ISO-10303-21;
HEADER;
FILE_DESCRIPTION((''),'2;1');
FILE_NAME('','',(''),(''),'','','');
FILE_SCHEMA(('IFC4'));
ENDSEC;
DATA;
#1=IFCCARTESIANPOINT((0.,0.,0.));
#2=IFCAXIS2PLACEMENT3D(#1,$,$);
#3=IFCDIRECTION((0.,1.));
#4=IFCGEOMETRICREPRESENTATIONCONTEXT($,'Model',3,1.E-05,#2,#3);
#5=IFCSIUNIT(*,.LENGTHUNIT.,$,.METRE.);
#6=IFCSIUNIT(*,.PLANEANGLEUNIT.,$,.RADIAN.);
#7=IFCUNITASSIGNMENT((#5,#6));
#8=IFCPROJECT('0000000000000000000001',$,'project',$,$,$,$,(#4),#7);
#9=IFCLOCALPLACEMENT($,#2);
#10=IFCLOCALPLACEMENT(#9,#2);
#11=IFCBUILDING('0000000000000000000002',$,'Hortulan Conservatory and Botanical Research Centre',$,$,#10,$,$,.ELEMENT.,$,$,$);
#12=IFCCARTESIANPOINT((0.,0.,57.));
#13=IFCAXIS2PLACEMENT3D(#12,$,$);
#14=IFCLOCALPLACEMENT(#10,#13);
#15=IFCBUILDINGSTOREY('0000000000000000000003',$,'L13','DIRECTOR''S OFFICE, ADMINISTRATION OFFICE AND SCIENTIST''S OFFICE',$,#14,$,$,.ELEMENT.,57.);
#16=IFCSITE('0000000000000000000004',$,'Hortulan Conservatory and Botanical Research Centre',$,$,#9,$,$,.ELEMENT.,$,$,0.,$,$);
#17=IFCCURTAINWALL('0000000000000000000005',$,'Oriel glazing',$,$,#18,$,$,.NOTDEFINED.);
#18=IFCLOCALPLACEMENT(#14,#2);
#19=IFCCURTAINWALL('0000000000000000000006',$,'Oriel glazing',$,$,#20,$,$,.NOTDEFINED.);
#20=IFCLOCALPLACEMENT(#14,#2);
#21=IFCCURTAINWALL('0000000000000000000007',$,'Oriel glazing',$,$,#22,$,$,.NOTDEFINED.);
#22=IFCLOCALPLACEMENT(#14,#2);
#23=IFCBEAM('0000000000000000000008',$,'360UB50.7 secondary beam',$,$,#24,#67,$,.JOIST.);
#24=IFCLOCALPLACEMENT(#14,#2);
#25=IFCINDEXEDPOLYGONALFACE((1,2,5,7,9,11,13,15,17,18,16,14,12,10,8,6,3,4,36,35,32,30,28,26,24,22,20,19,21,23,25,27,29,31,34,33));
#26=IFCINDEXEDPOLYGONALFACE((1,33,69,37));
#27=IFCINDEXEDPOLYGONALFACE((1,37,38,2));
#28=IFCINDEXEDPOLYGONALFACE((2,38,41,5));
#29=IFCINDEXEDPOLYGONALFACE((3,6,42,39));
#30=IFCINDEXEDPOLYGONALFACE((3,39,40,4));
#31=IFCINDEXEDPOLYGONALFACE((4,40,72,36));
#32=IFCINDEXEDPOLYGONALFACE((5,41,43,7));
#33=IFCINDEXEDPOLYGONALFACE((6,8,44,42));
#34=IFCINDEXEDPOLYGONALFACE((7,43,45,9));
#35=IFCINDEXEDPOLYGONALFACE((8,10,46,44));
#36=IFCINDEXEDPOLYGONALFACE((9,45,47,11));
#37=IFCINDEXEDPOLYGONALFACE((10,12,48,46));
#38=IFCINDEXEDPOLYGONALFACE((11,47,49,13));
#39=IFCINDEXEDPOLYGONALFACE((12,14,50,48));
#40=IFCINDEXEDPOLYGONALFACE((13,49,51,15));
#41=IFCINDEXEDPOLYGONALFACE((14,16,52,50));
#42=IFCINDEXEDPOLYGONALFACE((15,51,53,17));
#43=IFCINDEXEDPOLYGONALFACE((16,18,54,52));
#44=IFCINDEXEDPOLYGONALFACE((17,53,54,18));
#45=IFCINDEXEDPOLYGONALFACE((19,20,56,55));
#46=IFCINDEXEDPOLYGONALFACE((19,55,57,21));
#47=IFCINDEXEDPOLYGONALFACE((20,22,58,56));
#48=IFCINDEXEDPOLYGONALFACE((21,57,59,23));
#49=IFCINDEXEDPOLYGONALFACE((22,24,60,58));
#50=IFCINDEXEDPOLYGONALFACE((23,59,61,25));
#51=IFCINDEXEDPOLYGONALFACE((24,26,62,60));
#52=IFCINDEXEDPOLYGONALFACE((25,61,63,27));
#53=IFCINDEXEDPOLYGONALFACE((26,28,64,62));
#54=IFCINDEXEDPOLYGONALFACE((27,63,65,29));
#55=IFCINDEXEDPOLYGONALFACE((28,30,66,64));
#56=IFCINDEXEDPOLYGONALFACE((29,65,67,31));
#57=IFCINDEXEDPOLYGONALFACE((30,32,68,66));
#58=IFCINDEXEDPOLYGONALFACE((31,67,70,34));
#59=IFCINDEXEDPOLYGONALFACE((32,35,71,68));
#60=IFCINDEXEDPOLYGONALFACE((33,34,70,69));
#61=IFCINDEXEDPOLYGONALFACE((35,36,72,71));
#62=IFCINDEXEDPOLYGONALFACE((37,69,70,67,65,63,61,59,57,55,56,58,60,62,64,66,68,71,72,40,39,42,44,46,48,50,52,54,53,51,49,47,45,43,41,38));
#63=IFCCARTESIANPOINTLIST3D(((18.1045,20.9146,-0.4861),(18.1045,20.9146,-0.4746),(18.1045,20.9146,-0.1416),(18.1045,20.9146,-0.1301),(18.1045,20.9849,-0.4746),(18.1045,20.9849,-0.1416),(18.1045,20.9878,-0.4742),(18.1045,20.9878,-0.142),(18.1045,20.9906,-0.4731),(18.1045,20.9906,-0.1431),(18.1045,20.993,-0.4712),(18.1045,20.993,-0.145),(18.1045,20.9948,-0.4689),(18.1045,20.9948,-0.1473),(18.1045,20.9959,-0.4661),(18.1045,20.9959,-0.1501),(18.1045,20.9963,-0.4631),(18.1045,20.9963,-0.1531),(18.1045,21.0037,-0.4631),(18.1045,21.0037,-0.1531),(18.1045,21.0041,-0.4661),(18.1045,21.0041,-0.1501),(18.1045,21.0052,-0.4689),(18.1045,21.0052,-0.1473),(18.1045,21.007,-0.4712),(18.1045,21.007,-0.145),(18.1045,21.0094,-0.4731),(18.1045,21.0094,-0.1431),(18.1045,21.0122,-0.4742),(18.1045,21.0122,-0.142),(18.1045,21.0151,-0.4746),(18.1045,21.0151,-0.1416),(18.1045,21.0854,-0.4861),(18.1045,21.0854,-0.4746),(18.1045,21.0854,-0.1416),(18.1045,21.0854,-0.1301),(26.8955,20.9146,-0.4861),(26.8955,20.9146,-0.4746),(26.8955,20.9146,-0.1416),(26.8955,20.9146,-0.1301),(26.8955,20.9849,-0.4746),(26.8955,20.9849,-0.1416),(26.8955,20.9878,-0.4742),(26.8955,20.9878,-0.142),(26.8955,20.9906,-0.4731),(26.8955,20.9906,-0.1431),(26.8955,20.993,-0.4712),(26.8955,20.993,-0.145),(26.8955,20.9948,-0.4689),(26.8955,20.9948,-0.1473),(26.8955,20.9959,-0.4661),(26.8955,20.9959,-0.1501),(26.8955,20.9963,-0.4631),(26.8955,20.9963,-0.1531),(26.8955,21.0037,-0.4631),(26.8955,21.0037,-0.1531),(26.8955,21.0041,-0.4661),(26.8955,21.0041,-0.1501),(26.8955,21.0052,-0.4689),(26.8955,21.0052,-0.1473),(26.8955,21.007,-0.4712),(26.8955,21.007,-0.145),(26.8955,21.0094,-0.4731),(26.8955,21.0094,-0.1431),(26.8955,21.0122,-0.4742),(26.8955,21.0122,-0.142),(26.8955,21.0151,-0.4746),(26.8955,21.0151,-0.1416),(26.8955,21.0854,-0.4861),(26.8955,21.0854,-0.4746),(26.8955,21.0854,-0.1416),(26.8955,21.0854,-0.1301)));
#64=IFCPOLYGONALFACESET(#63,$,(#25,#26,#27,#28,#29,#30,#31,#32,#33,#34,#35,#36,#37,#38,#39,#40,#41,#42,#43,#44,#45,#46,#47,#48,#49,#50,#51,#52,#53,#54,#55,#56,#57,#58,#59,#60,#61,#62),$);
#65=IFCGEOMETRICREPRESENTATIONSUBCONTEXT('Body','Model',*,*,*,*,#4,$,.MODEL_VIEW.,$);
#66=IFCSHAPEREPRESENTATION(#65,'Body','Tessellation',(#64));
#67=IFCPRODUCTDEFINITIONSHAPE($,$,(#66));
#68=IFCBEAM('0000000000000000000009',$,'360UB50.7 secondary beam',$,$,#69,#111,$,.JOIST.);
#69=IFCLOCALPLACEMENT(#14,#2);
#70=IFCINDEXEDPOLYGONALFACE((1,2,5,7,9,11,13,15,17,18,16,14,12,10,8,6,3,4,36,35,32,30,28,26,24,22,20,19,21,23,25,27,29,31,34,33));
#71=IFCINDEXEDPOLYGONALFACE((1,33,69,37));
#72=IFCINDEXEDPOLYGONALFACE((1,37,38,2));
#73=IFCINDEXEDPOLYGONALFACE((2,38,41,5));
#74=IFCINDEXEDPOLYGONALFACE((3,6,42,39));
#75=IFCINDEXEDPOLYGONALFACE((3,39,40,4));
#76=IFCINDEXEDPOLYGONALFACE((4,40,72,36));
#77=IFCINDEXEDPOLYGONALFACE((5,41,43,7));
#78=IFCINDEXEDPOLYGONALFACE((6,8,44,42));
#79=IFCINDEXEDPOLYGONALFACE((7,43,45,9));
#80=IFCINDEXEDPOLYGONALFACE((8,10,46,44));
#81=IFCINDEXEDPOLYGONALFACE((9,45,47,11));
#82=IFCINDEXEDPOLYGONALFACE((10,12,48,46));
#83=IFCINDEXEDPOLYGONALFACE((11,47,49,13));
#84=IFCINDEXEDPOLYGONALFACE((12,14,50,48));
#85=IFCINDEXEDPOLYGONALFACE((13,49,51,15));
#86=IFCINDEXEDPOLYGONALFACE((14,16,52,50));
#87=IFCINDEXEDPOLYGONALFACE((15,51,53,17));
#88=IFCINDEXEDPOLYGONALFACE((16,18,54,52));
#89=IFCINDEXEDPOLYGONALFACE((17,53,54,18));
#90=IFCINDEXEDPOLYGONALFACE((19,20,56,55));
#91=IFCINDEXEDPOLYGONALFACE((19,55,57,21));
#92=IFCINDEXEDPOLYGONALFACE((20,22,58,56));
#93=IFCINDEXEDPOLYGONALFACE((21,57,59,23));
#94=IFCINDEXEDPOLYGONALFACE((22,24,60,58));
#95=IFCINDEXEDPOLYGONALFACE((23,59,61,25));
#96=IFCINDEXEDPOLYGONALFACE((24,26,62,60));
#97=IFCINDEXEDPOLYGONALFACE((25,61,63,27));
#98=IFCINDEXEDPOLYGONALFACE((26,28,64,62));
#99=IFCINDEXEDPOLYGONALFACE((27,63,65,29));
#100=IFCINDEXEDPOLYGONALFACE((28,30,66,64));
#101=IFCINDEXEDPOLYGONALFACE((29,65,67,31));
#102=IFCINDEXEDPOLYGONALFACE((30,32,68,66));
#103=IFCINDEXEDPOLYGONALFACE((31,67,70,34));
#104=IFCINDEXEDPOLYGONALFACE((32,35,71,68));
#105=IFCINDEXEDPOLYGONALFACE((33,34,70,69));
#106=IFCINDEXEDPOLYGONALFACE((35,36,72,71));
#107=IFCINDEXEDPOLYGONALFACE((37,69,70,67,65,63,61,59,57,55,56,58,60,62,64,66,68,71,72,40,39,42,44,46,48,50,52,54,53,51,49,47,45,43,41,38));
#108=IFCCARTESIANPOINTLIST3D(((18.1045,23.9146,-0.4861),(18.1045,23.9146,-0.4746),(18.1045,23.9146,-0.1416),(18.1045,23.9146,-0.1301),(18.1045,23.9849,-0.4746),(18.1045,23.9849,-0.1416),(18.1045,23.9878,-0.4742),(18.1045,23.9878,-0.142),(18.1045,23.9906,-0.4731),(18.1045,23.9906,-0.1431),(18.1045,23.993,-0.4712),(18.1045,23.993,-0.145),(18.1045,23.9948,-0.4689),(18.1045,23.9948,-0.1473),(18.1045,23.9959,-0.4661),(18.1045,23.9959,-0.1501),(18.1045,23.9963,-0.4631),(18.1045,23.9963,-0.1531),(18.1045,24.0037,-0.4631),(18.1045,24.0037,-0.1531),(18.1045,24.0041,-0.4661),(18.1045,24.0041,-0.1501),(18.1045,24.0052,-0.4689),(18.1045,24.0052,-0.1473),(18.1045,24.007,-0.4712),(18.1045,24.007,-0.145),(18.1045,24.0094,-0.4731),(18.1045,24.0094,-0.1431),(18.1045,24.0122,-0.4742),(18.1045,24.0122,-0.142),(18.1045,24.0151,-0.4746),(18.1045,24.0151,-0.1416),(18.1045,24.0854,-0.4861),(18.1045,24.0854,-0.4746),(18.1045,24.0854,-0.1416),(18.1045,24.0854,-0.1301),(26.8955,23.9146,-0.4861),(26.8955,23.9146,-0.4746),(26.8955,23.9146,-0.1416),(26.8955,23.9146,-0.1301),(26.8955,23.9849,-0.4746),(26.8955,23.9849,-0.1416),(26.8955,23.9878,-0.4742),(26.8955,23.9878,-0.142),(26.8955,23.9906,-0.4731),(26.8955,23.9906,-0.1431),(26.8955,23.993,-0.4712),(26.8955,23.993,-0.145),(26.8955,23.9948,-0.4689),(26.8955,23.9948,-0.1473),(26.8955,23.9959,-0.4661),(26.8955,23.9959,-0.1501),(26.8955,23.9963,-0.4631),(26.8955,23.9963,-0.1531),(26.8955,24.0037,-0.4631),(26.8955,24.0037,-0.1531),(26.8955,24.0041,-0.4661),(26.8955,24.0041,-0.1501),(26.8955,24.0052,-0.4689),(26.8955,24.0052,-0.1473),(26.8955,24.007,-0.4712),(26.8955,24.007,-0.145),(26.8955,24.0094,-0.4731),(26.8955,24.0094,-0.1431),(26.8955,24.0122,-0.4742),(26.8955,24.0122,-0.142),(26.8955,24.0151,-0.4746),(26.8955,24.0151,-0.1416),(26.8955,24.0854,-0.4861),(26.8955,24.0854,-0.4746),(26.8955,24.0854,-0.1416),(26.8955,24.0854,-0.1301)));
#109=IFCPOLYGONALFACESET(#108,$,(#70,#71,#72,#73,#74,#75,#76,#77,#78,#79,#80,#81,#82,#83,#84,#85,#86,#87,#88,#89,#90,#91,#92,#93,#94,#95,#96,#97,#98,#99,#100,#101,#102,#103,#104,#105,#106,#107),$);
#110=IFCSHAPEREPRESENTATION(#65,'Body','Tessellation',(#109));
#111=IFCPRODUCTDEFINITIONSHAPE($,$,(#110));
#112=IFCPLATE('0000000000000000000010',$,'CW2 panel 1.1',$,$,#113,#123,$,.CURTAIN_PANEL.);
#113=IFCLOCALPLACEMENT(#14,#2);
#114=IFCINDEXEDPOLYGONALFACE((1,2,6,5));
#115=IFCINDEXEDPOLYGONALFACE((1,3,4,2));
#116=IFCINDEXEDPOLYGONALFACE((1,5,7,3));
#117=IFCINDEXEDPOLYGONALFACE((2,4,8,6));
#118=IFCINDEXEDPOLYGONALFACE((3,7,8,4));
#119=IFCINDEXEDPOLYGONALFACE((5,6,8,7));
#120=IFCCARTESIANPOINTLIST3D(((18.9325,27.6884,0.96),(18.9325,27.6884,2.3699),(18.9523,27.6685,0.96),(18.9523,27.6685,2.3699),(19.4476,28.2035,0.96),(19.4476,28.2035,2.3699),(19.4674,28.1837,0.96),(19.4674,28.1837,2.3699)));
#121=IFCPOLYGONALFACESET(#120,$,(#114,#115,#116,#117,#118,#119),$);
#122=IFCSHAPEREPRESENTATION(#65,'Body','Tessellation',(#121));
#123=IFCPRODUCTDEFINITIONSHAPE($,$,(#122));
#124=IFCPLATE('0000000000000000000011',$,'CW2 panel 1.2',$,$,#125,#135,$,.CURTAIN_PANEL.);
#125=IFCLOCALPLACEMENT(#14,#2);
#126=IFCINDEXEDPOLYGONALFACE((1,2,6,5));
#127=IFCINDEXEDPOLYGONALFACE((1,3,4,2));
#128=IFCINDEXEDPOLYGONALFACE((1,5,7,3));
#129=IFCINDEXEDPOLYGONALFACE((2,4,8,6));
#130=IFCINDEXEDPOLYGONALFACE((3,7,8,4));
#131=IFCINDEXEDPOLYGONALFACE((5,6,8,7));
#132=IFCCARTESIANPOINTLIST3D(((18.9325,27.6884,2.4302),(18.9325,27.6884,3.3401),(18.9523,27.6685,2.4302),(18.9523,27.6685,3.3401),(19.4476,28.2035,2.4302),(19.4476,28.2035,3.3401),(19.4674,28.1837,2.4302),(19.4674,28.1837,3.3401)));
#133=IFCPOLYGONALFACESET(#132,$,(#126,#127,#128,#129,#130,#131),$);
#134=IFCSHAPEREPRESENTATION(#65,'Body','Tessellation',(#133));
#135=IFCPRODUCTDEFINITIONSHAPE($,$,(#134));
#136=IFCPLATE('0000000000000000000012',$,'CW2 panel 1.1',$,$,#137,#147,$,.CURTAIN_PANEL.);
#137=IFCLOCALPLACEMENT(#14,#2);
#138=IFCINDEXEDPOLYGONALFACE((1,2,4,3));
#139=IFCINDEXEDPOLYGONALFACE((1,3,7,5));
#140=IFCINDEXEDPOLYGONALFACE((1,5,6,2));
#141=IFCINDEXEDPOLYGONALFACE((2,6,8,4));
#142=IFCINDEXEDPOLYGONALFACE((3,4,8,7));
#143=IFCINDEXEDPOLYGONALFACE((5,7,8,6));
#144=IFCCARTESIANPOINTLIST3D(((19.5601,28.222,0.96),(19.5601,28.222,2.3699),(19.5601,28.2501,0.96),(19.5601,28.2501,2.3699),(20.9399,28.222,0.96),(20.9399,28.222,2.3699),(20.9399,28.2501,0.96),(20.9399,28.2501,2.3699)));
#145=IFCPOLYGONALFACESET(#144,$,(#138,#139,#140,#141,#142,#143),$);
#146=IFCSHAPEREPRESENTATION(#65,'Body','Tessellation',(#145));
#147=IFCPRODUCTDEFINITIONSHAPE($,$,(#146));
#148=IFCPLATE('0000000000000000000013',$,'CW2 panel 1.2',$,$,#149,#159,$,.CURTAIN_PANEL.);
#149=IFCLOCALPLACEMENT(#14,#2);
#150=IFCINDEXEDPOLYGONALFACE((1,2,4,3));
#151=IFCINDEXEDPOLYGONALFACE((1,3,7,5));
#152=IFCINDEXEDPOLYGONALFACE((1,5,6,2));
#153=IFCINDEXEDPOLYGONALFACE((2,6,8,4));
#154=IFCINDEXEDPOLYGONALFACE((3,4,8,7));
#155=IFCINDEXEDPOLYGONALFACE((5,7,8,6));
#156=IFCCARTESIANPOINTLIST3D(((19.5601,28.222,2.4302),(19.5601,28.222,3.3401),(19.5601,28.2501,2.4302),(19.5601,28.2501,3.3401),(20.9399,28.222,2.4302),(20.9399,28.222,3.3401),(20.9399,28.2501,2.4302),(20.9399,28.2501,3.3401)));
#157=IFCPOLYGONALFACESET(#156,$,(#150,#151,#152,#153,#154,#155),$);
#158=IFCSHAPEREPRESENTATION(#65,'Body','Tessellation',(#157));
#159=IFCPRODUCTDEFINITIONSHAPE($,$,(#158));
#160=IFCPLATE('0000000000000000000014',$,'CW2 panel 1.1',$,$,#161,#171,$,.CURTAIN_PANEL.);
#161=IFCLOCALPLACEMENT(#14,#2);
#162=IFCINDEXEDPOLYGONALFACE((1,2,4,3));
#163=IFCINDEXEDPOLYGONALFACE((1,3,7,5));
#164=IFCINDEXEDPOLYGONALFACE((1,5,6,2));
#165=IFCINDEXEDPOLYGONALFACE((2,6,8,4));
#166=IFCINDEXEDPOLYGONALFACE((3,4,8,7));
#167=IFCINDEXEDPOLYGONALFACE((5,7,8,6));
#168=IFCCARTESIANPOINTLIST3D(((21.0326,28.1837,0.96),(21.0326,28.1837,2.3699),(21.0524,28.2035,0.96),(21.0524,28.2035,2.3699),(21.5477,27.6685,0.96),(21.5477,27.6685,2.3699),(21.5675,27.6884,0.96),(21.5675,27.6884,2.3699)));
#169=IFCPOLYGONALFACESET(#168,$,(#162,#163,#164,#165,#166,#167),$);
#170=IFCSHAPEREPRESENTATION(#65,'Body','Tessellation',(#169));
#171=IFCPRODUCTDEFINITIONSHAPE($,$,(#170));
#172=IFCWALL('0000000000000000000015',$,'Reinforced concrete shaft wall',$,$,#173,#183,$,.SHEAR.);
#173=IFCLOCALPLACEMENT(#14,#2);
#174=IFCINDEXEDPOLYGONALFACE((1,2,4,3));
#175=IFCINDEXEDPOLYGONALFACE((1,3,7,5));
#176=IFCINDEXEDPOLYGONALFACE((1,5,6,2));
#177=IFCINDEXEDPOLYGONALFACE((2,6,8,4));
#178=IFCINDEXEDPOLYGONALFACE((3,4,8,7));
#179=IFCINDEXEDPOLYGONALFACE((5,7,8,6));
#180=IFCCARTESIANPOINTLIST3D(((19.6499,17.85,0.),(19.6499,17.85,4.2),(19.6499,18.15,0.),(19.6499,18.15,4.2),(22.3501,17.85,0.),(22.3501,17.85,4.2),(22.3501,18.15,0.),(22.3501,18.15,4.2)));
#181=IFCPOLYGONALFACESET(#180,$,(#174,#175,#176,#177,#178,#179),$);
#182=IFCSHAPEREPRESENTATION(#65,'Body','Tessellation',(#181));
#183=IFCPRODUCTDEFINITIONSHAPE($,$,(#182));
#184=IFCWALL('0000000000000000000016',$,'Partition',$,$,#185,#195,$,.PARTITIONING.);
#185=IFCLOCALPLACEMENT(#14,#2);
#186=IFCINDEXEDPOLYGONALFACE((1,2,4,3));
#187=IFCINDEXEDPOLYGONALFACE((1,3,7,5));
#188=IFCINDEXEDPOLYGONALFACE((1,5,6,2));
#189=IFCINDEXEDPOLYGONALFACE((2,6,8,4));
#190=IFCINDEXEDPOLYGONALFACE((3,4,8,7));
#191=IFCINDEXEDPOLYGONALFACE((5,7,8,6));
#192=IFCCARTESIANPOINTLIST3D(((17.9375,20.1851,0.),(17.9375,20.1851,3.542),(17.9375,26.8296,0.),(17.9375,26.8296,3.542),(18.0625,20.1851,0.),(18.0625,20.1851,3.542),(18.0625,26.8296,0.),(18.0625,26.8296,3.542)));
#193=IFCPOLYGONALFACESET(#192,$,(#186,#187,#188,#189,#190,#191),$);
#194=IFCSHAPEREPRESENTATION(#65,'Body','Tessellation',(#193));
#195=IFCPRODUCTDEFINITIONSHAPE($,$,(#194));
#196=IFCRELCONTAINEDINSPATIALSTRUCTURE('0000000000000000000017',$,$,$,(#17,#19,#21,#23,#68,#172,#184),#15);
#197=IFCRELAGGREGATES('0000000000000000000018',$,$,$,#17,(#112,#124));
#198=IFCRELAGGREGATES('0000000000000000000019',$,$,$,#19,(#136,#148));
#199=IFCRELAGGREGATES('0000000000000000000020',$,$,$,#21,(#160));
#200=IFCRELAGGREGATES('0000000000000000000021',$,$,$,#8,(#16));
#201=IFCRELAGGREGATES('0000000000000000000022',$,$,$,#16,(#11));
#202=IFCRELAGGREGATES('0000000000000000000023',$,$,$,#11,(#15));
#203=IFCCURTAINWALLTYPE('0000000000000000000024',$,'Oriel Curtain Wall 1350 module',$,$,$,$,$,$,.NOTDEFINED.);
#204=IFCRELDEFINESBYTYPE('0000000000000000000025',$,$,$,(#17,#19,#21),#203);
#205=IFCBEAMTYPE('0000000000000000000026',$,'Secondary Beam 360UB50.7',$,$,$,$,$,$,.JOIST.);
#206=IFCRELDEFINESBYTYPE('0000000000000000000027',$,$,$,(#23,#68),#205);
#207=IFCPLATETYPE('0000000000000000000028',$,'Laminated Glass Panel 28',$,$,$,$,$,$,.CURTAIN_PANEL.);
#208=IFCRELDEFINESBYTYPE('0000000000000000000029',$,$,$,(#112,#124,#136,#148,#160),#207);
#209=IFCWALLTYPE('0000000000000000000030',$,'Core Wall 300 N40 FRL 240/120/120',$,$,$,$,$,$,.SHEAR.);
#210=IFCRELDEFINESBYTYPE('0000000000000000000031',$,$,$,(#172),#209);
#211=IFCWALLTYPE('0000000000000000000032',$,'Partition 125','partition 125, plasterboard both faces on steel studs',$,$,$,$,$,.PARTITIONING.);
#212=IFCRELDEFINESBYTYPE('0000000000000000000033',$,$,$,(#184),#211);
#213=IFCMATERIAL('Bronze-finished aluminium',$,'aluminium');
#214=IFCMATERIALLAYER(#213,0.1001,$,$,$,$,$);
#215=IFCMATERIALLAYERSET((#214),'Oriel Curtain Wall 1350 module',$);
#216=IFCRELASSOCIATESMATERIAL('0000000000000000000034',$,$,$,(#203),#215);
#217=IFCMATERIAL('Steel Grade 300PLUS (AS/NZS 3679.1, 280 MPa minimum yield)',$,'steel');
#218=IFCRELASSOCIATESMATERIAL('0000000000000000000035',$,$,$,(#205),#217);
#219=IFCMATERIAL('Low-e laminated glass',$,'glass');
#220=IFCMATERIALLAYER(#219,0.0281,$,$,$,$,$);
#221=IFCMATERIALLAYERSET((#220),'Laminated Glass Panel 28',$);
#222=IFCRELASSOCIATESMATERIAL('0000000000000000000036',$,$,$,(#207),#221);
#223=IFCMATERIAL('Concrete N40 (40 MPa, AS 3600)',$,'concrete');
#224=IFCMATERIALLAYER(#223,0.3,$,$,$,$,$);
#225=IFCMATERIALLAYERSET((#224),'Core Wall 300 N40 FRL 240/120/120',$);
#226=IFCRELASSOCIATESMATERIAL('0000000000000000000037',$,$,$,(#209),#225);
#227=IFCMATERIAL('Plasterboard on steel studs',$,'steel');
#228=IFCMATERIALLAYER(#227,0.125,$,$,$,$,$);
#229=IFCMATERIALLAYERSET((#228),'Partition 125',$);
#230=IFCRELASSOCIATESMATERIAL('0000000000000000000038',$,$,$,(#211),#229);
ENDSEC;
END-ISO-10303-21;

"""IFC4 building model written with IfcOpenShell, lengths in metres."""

from ifc_helpers import new_model, si_unit, direction, frame, frame_2d, origin, origin_2d, place, context, subcontext, project, spatial, rectangle, i_section, extrude, material, layer, layer_set, material_profile, profile_set, type_object, element, aggregate, save


model = new_model("IFC4")

# Units and contexts
model_context = context("Model", 3, precision=1e-05, world=origin(), true_north=direction((0.0, 1.0)))
body_context = subcontext(model_context, "Body", "Model", "MODEL_VIEW")
ifc_project = project(units=[si_unit("LENGTHUNIT", "METRE"), si_unit("PLANEANGLEUNIT", "RADIAN")], contexts=[model_context])

# Site, building, storey
site_placement = place(None, origin())
site = spatial("IfcSite", under=ifc_project, at=site_placement, Name="Hortulan Conservatory and Botanical Research Centre", CompositionType="ELEMENT", RefElevation=0.0)
building_placement = place(site_placement, origin())
building = spatial("IfcBuilding", under=site, at=building_placement, Name="Hortulan Conservatory and Botanical Research Centre", CompositionType="ELEMENT")
storey_placement = place(building_placement, frame((0.0, 0.0, 57.0)))
storey = spatial("IfcBuildingStorey", under=building, at=storey_placement, Name="L13", Description="DIRECTOR'S OFFICE, ADMINISTRATION OFFICE AND SCIENTIST'S OFFICE", CompositionType="ELEMENT", Elevation=57.0)

# Shared definitions
ifc_material_1 = material(Name="Steel Grade 300PLUS (AS/NZS 3679.1, 280 MPa minimum yield)", Category="steel")

# Curtain walls
ifc_material_2 = material(Name="Bronze-finished aluminium", Category="aluminium")
ifc_layer_1 = layer(ifc_material_2, 0.1001)
ifc_layer_set_1 = layer_set([ifc_layer_1], Name="Oriel Curtain Wall 1350 module")
curtain_wall_type = type_object("IfcCurtainWallType", Name="Oriel Curtain Wall 1350 module", PredefinedType="NOTDEFINED", material=ifc_layer_set_1)
curtain_wall_1_placement = place(storey_placement, origin())
curtain_wall_1 = element("IfcCurtainWall", 1, at=curtain_wall_1_placement, inside=storey, type_object=curtain_wall_type, Name="Oriel glazing", PredefinedType="NOTDEFINED")
curtain_wall_2_placement = place(storey_placement, origin())
curtain_wall_2 = element("IfcCurtainWall", 2, at=curtain_wall_2_placement, inside=storey, type_object=curtain_wall_type, Name="Oriel glazing", PredefinedType="NOTDEFINED")

# Curtain wall
curtain_wall_3_placement = place(storey_placement, origin())
curtain_wall_3 = element("IfcCurtainWall", 3, at=curtain_wall_3_placement, inside=storey, type_object=curtain_wall_type, Name="Oriel glazing", PredefinedType="NOTDEFINED")

# Beams
ifc_material_profile_1 = material_profile(ifc_material_1, i_section(OverallWidth=0.1709, OverallDepth=0.356, WebThickness=0.0073, FlangeThickness=0.0115, FilletRadius=0.0115, at=origin_2d()), Name="360UB50.7")
ifc_profile_set_1 = profile_set([ifc_material_profile_1], Name="Steel Grade 300PLUS (AS/NZS 3679.1, 280 MPa minimum yield)")
beam_type_1 = type_object("IfcBeamType", Name="Secondary Beam 360UB50.7", PredefinedType="JOIST", material=ifc_profile_set_1)
for number, where, z_axis, x_axis, name in (
    (4, (18.1045, 21.0, -0.3081), (1.0, 0.0, 0.0), (0.0, 1.0, 0.0), "360UB50.7 secondary beam"),
    (5, (18.1045, 24.0, -0.3081), (1.0, 0.0, 0.0), (0.0, 1.0, 0.0), "360UB50.7 secondary beam"),
):
    element("IfcBeam", number, at=place(storey_placement, frame(where, z_axis=z_axis, x_axis=x_axis)), inside=storey, type_object=beam_type_1, Name=name, PredefinedType="JOIST", context=body_context, shape_type="SweptSolid", body=[
        extrude(i_section(OverallWidth=0.1709, OverallDepth=0.356, WebThickness=0.0073, FlangeThickness=0.0115, FilletRadius=0.0115, at=origin_2d()), origin(), (0.0, 0.0, 1.0), 8.791),
    ])

# Plates
ifc_material_3 = material(Name="Low-e laminated glass", Category="glass")
ifc_layer_2 = layer(ifc_material_3, 0.0281)
ifc_layer_set_2 = layer_set([ifc_layer_2], Name="Laminated Glass Panel 28")
plate_type = type_object("IfcPlateType", Name="Laminated Glass Panel 28", PredefinedType="CURTAIN_PANEL", material=ifc_layer_set_2)
plate_1_placement = place(storey_placement, frame((19.2, 27.936, 0.96), z_axis=(0.0, 0.0, 1.0), x_axis=(0.707107, 0.707107, 0.0)))
plate_1 = element("IfcPlate", 6, at=plate_1_placement, type_object=plate_type, Name="CW2 panel 1.1", PredefinedType="CURTAIN_PANEL", context=body_context, shape_type="SweptSolid", body=[
    extrude(rectangle(XDim=0.7285, YDim=0.0281, at=origin_2d()), origin(), (0.0, 0.0, 1.0), 1.4099),
])
plate_2_placement = place(storey_placement, frame((19.2, 27.936, 2.4302), z_axis=(0.0, 0.0, 1.0), x_axis=(0.707107, 0.707107, 0.0)))
plate_2 = element("IfcPlate", 7, at=plate_2_placement, type_object=plate_type, Name="CW2 panel 1.2", PredefinedType="CURTAIN_PANEL", context=body_context, shape_type="SweptSolid", body=[
    extrude(rectangle(XDim=0.7285, YDim=0.0281, at=origin_2d()), origin(), (0.0, 0.0, 1.0), 0.9099),
])
aggregate(curtain_wall_1, [plate_1, plate_2])
plate_3_placement = place(storey_placement, frame((20.25, 28.2361, 0.96), z_axis=(0.0, 0.0, 1.0), x_axis=(1.0, 0.0, 0.0)))
plate_3 = element("IfcPlate", 8, at=plate_3_placement, type_object=plate_type, Name="CW2 panel 1.1", PredefinedType="CURTAIN_PANEL", context=body_context, shape_type="SweptSolid", body=[
    extrude(rectangle(XDim=1.3799, YDim=0.0281, at=origin_2d()), origin(), (0.0, 0.0, 1.0), 1.4099),
])
plate_4_placement = place(storey_placement, frame((20.25, 28.2361, 2.4302), z_axis=(0.0, 0.0, 1.0), x_axis=(1.0, 0.0, 0.0)))
plate_4 = element("IfcPlate", 9, at=plate_4_placement, type_object=plate_type, Name="CW2 panel 1.2", PredefinedType="CURTAIN_PANEL", context=body_context, shape_type="SweptSolid", body=[
    extrude(rectangle(XDim=1.3799, YDim=0.0281, at=origin_2d()), origin(), (0.0, 0.0, 1.0), 0.9099),
])
aggregate(curtain_wall_2, [plate_3, plate_4])
plate_5_placement = place(storey_placement, frame((21.3, 27.936, 0.96), z_axis=(0.0, 0.0, 1.0), x_axis=(0.707107, -0.707107, 0.0)))
plate_5 = element("IfcPlate", 10, at=plate_5_placement, type_object=plate_type, Name="CW2 panel 1.1", PredefinedType="CURTAIN_PANEL", context=body_context, shape_type="SweptSolid", body=[
    extrude(rectangle(XDim=0.7285, YDim=0.0281, at=origin_2d()), origin(), (0.0, 0.0, 1.0), 1.4099),
])
aggregate(curtain_wall_3, [plate_5])

# Walls
ifc_material_4 = material(Name="Concrete N40 (40 MPa, AS 3600)", Category="concrete")
ifc_layer_3 = layer(ifc_material_4, 0.3)
ifc_layer_set_3 = layer_set([ifc_layer_3], Name="Core Wall 300 N40 FRL 240/120/120")
wall_type_1 = type_object("IfcWallType", Name="Core Wall 300 N40 FRL 240/120/120", PredefinedType="SHEAR", material=ifc_layer_set_3)
wall_1_placement = place(storey_placement, frame((19.6499, 18.0, 0.0), z_axis=(0.0, 0.0, 1.0), x_axis=(1.0, 0.0, 0.0)))
element("IfcWall", 11, at=wall_1_placement, inside=storey, type_object=wall_type_1, Name="Reinforced concrete shaft wall", PredefinedType="SHEAR", context=body_context, shape_type="SweptSolid", body=[
    extrude(rectangle(XDim=2.7002, YDim=0.3, at=frame_2d((1.3501, 0.0))), origin(), (0.0, 0.0, 1.0), 4.2),
])
ifc_material_5 = material(Name="Plasterboard on steel studs", Category="steel")
ifc_layer_4 = layer(ifc_material_5, 0.125)
ifc_layer_set_4 = layer_set([ifc_layer_4], Name="Partition 125")
wall_type_2 = type_object("IfcWallType", Name="Partition 125", Description="partition 125, plasterboard both faces on steel studs", PredefinedType="PARTITIONING", material=ifc_layer_set_4)
wall_2_placement = place(storey_placement, frame((18.0, 20.1851, 0.0), z_axis=(0.0, 0.0, 1.0), x_axis=(0.0, 1.0, 0.0)))
element("IfcWall", 12, at=wall_2_placement, inside=storey, type_object=wall_type_2, Name="Partition", PredefinedType="PARTITIONING", context=body_context, shape_type="SweptSolid", body=[
    extrude(rectangle(XDim=6.6445, YDim=0.125, at=frame_2d((3.3223, 0.0))), origin(), (0.0, 0.0, 1.0), 3.542),
])

save(model, "model.ifc")
